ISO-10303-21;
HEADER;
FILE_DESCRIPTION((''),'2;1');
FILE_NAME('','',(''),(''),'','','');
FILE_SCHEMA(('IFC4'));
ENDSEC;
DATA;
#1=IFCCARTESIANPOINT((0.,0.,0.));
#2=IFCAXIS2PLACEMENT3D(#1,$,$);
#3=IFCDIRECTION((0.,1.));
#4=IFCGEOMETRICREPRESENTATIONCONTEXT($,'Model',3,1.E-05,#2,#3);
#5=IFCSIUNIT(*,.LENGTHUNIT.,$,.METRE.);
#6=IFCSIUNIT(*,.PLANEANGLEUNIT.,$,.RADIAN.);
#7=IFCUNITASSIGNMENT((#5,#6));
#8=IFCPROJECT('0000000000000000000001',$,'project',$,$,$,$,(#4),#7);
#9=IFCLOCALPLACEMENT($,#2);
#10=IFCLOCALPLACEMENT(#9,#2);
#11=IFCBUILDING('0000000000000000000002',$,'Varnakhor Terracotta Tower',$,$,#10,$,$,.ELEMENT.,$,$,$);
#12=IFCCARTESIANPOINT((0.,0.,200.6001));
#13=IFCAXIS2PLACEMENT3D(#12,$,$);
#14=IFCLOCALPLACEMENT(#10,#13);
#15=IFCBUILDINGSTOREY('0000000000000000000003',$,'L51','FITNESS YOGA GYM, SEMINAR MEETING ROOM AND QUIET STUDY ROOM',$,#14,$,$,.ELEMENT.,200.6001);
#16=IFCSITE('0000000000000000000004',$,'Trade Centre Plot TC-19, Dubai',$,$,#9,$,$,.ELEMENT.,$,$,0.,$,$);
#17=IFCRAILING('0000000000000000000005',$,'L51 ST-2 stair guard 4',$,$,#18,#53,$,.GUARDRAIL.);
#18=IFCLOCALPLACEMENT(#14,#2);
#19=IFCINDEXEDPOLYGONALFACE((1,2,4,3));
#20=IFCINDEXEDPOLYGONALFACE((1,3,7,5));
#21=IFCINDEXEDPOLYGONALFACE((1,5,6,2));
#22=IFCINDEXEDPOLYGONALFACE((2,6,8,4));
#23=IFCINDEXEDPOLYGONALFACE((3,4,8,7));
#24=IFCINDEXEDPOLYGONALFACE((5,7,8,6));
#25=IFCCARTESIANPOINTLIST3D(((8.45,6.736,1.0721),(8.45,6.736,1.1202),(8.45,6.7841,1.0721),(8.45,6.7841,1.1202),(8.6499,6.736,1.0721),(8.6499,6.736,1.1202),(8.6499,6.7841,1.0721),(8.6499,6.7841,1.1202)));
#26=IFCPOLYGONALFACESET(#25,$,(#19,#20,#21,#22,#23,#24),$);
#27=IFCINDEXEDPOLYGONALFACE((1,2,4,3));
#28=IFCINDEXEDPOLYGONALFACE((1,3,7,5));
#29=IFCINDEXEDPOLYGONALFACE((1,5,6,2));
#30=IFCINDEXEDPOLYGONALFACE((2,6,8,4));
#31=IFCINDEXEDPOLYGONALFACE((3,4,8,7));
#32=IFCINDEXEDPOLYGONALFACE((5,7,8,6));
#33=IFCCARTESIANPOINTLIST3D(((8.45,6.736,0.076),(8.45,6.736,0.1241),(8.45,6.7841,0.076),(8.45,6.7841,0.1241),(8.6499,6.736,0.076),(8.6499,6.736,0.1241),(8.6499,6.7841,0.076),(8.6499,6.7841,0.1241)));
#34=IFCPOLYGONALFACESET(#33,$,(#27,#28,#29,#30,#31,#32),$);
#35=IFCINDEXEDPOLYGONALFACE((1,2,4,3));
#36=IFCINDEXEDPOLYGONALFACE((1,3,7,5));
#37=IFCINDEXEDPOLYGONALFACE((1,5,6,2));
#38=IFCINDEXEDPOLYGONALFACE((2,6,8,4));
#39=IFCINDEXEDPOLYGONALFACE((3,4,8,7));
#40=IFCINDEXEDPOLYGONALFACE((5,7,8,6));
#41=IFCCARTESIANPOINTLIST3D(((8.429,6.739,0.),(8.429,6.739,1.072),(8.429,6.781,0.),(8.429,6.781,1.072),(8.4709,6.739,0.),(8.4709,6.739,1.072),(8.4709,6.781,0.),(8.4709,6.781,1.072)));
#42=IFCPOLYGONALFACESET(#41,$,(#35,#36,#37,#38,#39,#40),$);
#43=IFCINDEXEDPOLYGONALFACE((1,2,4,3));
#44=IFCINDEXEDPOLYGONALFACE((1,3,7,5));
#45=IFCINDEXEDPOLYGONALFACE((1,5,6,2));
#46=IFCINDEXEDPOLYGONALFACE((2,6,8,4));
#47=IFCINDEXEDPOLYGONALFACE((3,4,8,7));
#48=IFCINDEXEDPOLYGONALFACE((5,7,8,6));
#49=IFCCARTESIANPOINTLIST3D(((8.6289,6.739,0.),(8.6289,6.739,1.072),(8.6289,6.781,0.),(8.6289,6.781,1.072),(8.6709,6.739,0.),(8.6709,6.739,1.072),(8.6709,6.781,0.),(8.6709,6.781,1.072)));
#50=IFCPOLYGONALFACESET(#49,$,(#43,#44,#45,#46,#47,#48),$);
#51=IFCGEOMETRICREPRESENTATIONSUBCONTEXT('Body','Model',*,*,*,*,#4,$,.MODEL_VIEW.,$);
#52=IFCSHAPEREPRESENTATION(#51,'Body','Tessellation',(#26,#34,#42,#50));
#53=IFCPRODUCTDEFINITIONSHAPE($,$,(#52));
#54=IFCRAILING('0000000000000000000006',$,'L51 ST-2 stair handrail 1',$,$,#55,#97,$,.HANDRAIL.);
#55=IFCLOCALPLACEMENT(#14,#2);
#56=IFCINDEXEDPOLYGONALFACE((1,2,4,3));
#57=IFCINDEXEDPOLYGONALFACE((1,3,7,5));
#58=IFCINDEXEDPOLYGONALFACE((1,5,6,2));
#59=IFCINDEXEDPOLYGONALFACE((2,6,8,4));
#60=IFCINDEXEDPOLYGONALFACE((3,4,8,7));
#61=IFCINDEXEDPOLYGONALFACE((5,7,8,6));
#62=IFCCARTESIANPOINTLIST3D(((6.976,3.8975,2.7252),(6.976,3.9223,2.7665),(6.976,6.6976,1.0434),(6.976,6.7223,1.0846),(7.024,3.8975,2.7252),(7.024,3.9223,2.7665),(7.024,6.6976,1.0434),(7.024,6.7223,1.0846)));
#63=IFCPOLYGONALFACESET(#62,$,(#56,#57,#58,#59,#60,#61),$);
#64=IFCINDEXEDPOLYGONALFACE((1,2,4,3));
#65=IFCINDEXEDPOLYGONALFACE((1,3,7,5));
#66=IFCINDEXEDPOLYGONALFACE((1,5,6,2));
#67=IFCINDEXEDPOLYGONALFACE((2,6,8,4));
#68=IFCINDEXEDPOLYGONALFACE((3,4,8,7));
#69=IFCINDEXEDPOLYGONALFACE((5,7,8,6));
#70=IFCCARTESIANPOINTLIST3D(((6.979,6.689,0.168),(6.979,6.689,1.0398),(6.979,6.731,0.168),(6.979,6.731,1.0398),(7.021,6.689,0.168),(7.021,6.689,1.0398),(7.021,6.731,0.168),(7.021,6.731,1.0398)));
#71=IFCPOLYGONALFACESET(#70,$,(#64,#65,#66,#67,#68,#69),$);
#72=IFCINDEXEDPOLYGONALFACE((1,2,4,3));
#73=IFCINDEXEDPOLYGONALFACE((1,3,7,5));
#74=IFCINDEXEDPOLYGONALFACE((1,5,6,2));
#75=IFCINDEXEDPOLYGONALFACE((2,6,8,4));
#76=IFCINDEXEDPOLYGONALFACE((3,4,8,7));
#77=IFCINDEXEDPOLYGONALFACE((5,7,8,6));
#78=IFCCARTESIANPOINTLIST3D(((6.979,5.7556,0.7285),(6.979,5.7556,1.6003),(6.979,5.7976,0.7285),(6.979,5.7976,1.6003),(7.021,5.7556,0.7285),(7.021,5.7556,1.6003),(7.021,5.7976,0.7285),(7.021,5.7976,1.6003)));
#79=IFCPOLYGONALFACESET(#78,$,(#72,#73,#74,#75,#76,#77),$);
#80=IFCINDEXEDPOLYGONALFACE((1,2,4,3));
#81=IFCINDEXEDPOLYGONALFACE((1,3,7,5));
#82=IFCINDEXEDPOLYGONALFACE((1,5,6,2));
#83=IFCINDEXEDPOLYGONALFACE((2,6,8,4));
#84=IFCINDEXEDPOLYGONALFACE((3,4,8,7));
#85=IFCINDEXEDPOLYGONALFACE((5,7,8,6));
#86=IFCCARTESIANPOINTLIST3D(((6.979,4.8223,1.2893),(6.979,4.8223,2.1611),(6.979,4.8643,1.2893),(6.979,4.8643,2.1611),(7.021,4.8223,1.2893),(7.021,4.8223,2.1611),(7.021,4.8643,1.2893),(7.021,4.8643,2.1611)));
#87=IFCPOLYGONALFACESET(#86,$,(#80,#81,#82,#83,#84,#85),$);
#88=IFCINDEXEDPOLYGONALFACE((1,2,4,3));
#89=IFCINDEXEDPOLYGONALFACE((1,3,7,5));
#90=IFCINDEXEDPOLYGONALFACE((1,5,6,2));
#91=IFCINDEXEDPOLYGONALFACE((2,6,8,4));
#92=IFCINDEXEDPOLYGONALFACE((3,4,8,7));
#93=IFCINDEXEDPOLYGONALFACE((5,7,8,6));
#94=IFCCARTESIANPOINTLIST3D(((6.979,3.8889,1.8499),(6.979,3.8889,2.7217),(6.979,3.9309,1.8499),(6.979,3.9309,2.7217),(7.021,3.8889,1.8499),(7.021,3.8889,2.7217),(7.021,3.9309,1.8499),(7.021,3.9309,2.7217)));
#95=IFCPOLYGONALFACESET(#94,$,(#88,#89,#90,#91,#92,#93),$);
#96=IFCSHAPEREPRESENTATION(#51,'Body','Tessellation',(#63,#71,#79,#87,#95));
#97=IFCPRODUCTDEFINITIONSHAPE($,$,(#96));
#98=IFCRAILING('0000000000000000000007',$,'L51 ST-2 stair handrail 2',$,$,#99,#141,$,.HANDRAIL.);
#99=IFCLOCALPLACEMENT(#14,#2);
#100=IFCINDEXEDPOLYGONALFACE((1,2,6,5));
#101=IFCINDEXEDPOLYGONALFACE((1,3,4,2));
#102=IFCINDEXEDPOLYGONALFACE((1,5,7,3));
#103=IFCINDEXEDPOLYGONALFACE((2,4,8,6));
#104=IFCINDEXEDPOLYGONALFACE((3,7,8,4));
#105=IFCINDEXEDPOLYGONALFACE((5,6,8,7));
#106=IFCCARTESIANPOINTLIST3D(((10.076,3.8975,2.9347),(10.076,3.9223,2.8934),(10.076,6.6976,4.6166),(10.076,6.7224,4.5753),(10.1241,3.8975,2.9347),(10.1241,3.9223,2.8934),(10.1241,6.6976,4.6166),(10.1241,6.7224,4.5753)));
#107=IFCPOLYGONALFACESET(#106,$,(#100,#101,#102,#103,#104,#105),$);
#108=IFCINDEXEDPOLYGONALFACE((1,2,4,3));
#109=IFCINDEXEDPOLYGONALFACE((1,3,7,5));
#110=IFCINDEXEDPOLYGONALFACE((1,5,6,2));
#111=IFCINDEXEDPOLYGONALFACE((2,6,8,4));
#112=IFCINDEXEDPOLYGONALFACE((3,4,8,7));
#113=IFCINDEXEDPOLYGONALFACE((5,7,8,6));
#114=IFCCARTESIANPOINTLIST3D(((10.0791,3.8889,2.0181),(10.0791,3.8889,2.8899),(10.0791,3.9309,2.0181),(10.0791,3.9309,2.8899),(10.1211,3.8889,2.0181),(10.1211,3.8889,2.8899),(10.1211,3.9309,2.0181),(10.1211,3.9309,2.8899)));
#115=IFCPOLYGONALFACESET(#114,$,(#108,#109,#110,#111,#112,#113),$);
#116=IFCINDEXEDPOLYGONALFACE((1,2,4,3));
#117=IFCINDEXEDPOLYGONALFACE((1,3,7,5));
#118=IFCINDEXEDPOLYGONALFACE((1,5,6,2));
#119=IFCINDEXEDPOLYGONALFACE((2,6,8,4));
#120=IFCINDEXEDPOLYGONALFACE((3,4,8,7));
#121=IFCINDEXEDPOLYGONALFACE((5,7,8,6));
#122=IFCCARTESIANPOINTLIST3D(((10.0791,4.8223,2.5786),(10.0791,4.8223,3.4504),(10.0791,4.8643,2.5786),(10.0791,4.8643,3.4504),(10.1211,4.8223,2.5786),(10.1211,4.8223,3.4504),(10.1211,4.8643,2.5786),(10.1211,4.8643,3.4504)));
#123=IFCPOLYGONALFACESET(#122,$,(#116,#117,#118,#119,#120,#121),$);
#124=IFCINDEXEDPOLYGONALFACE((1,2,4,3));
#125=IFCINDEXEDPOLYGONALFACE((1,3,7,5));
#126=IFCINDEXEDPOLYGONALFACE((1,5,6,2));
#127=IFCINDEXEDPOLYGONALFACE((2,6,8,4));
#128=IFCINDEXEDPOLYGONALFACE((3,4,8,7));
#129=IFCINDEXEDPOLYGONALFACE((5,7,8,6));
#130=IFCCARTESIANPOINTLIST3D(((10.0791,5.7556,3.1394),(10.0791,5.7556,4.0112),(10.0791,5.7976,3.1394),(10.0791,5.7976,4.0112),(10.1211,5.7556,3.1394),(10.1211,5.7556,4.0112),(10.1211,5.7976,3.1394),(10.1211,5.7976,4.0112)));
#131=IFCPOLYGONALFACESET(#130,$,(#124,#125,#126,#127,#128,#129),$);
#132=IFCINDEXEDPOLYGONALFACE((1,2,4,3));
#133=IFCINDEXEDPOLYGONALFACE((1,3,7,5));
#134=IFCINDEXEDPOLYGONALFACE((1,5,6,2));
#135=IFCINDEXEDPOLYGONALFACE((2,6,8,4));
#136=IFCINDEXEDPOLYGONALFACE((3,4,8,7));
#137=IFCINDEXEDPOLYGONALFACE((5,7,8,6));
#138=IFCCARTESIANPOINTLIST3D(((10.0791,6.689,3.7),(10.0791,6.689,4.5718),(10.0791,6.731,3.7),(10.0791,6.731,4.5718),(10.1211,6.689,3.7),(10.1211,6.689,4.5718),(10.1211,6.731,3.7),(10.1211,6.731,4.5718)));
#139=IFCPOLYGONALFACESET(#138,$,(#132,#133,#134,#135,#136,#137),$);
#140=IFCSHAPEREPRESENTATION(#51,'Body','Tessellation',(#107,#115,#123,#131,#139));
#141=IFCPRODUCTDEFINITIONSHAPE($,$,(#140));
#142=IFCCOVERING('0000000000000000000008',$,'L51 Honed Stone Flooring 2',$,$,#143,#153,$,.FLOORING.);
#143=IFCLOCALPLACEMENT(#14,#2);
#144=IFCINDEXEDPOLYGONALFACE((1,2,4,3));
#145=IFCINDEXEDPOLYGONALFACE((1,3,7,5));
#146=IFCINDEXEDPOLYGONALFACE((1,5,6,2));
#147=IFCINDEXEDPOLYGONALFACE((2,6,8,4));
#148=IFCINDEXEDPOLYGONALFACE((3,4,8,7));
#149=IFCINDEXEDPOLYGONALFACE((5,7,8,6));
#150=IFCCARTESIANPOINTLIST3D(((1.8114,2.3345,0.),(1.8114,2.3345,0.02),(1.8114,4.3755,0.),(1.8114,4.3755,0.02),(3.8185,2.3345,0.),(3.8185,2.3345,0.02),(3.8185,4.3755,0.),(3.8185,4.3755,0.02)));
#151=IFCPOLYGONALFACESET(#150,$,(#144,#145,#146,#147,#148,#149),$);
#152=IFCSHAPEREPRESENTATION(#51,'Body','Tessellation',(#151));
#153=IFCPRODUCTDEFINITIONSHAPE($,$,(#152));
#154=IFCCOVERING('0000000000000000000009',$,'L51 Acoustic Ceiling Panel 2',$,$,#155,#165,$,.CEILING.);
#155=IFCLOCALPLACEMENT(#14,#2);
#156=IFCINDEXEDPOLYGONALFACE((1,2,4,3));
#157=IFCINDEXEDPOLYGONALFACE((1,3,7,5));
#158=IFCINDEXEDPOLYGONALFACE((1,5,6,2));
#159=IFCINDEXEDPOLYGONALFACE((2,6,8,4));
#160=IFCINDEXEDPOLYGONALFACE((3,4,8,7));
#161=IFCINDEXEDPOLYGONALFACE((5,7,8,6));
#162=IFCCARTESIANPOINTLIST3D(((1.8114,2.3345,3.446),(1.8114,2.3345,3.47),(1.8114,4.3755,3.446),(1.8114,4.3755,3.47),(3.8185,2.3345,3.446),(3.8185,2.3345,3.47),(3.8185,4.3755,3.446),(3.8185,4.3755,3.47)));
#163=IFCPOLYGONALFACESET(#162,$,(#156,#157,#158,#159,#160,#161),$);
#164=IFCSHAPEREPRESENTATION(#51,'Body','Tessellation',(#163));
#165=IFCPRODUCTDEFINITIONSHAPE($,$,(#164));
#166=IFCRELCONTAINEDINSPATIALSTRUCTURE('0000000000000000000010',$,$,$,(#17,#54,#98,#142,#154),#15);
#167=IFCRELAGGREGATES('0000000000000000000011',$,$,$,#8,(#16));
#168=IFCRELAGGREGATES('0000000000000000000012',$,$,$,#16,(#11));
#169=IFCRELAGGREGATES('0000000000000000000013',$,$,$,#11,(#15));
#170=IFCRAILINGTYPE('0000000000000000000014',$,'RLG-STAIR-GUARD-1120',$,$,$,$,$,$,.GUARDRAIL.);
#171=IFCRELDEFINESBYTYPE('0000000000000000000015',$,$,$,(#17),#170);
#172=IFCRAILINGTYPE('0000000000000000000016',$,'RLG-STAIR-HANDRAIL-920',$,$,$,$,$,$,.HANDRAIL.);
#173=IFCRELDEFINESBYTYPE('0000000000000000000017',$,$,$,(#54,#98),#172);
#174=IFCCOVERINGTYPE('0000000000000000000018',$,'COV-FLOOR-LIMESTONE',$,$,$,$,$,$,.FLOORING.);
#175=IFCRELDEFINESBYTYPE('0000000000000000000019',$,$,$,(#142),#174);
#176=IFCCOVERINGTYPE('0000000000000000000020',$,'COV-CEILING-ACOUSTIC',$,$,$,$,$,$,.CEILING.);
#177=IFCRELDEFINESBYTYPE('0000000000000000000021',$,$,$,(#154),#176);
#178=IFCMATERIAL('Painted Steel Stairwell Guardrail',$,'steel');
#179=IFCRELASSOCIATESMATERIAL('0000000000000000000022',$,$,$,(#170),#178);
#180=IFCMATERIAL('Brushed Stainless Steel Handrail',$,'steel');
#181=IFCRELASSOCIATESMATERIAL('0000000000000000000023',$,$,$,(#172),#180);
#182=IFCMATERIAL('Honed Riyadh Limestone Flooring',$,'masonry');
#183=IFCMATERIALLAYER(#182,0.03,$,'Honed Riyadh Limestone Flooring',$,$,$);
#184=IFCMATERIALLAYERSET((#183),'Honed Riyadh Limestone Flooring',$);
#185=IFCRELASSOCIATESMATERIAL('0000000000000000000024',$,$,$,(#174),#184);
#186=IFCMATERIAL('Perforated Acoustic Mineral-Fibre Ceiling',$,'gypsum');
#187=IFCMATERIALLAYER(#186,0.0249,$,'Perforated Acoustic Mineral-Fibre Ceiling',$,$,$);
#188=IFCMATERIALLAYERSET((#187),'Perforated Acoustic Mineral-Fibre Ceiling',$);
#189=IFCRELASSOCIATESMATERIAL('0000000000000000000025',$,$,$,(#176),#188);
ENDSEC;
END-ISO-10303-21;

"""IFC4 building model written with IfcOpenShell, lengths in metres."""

from ifc_helpers import new_model, si_unit, direction, frame, origin, origin_2d, place, context, subcontext, project, spatial, rectangle, extrude, source, transform, mapped, material, layer, layer_set, type_object, element, save


model = new_model("IFC4")

# Units and contexts
model_context = context("Model", 3, precision=1e-05, world=origin(), true_north=direction((0.0, 1.0)))
body_context = subcontext(model_context, "Body", "Model", "MODEL_VIEW")
ifc_project = project(units=[si_unit("LENGTHUNIT", "METRE"), si_unit("PLANEANGLEUNIT", "RADIAN")], contexts=[model_context])

# Site, building, storey
site_placement = place(None, origin())
site = spatial("IfcSite", under=ifc_project, at=site_placement, Name="Trade Centre Plot TC-19, Dubai", CompositionType="ELEMENT", RefElevation=0.0)
building_placement = place(site_placement, origin())
building = spatial("IfcBuilding", under=site, at=building_placement, Name="Varnakhor Terracotta Tower", CompositionType="ELEMENT")
storey_placement = place(building_placement, frame((0.0, 0.0, 200.6001)))
storey = spatial("IfcBuildingStorey", under=building, at=storey_placement, Name="L51", Description="FITNESS YOGA GYM, SEMINAR MEETING ROOM AND QUIET STUDY ROOM", CompositionType="ELEMENT", Elevation=200.6001)

# Railings
ifc_material_1 = material(Name="Painted Steel Stairwell Guardrail", Category="steel")
railing_type_1 = type_object("IfcRailingType", Name="RLG-STAIR-GUARD-1120", PredefinedType="GUARDRAIL", material=ifc_material_1)
railing_1_placement = place(storey_placement, frame((8.45, 6.76, 0.0)))
element("IfcRailing", 1, at=railing_1_placement, inside=storey, type_object=railing_type_1, Name="L51 ST-2 stair guard 4", PredefinedType="GUARDRAIL", context=body_context, shape_type="SweptSolid", body=[
    extrude(rectangle(XDim=0.0481, YDim=0.0481, at=origin_2d()), frame((0.0, 0.0, 1.0962), z_axis=(1.0, 0.0, 0.0), x_axis=(0.0, 1.0, 0.0)), (0.0, 0.0, 1.0), 0.2),
    extrude(rectangle(XDim=0.0481, YDim=0.0481, at=origin_2d()), frame((0.0, 0.0, 0.1001), z_axis=(1.0, 0.0, 0.0), x_axis=(0.0, 1.0, 0.0)), (0.0, 0.0, 1.0), 0.2),
    extrude(rectangle(XDim=0.042, YDim=0.042, at=origin_2d()), origin(), (0.0, 0.0, 1.0), 1.072),
    extrude(rectangle(XDim=0.042, YDim=0.042, at=origin_2d()), frame((0.2, 0.0, 0.0)), (0.0, 0.0, 1.0), 1.072),
])
ifc_material_2 = material(Name="Brushed Stainless Steel Handrail", Category="steel")
railing_type_2 = type_object("IfcRailingType", Name="RLG-STAIR-HANDRAIL-920", PredefinedType="HANDRAIL", material=ifc_material_2)
railing_2_placement = place(storey_placement, frame((7.0, 6.71, 0.168)))
element("IfcRailing", 2, at=railing_2_placement, inside=storey, type_object=railing_type_2, Name="L51 ST-2 stair handrail 1", PredefinedType="HANDRAIL", context=body_context, shape_type="SweptSolid", body=[
    extrude(rectangle(XDim=0.0481, YDim=0.0481, at=origin_2d()), frame((0.0, 0.0, 0.896), z_axis=(0.0, -0.857242, 0.514913), x_axis=(1.0, 0.0, 0.0)), (0.0, 0.0, 1.0), 3.2664),
    extrude(rectangle(XDim=0.042, YDim=0.042, at=origin_2d()), origin(), (0.0, 0.0, 1.0), 0.8718),
    extrude(rectangle(XDim=0.042, YDim=0.042, at=origin_2d()), frame((0.0, -0.9333, 0.5605)), (0.0, 0.0, 1.0), 0.8718),
    extrude(rectangle(XDim=0.042, YDim=0.042, at=origin_2d()), frame((0.0, -1.8667, 1.1213)), (0.0, 0.0, 1.0), 0.8718),
    extrude(rectangle(XDim=0.042, YDim=0.042, at=origin_2d()), frame((0.0, -2.8, 1.6819)), (0.0, 0.0, 1.0), 0.8718),
])
railing_3_placement = place(storey_placement, frame((10.1001, 3.9099, 2.0181)))
element("IfcRailing", 3, at=railing_3_placement, inside=storey, type_object=railing_type_2, Name="L51 ST-2 stair handrail 2", PredefinedType="HANDRAIL", context=body_context, shape_type="SweptSolid", body=[
    extrude(rectangle(XDim=0.0481, YDim=0.0481, at=origin_2d()), frame((0.0, 0.0, 0.896), z_axis=(0.0, 0.857242, 0.514913), x_axis=(-1.0, 0.0, 0.0)), (0.0, 0.0, 1.0), 3.2664),
    extrude(rectangle(XDim=0.042, YDim=0.042, at=origin_2d()), origin(), (0.0, 0.0, 1.0), 0.8718),
    extrude(rectangle(XDim=0.042, YDim=0.042, at=origin_2d()), frame((0.0, 0.9333, 0.5605)), (0.0, 0.0, 1.0), 0.8718),
    extrude(rectangle(XDim=0.042, YDim=0.042, at=origin_2d()), frame((0.0, 1.8667, 1.1213)), (0.0, 0.0, 1.0), 0.8718),
    extrude(rectangle(XDim=0.042, YDim=0.042, at=origin_2d()), frame((0.0, 2.8, 1.6819)), (0.0, 0.0, 1.0), 0.8718),
])

# Coverings
ifc_material_3 = material(Name="Honed Riyadh Limestone Flooring", Category="masonry")
ifc_layer_1 = layer(ifc_material_3, 0.03, Name="Honed Riyadh Limestone Flooring")
ifc_layer_set_1 = layer_set([ifc_layer_1], Name="Honed Riyadh Limestone Flooring")
covering_type_1 = type_object("IfcCoveringType", Name="COV-FLOOR-LIMESTONE", PredefinedType="FLOORING", material=ifc_layer_set_1)
shared_shape_1 = source(origin(), body_context, "Body", "SweptSolid", [
    extrude(rectangle(XDim=2.0071, YDim=2.041, at=origin_2d()), origin(), (0.0, 0.0, 1.0), 0.02),
])
covering_1_placement = place(storey_placement, frame((2.8149, 3.355, 0.0), z_axis=(0.0, 0.0, 1.0), x_axis=(1.0, 0.0, 0.0)))
element("IfcCovering", 4, at=covering_1_placement, inside=storey, type_object=covering_type_1, Name="L51 Honed Stone Flooring 2", PredefinedType="FLOORING", context=body_context, shape_type="MappedRepresentation", body=[
    mapped(shared_shape_1, transform((0.0, 0.0, 0.0), scale=1.0)),
])
ifc_material_4 = material(Name="Perforated Acoustic Mineral-Fibre Ceiling", Category="gypsum")
ifc_layer_2 = layer(ifc_material_4, 0.0249, Name="Perforated Acoustic Mineral-Fibre Ceiling")
ifc_layer_set_2 = layer_set([ifc_layer_2], Name="Perforated Acoustic Mineral-Fibre Ceiling")
covering_type_2 = type_object("IfcCoveringType", Name="COV-CEILING-ACOUSTIC", PredefinedType="CEILING", material=ifc_layer_set_2)
shared_shape_2 = source(origin(), body_context, "Body", "SweptSolid", [
    extrude(rectangle(XDim=2.0071, YDim=2.041, at=origin_2d()), origin(), (0.0, 0.0, 1.0), 0.0239),
])
covering_2_placement = place(storey_placement, frame((2.8149, 3.355, 3.446), z_axis=(0.0, 0.0, 1.0), x_axis=(1.0, 0.0, 0.0)))
element("IfcCovering", 5, at=covering_2_placement, inside=storey, type_object=covering_type_2, Name="L51 Acoustic Ceiling Panel 2", PredefinedType="CEILING", context=body_context, shape_type="MappedRepresentation", body=[
    mapped(shared_shape_2, transform((0.0, 0.0, 0.0), scale=1.0)),
])

save(model, "model.ifc")
